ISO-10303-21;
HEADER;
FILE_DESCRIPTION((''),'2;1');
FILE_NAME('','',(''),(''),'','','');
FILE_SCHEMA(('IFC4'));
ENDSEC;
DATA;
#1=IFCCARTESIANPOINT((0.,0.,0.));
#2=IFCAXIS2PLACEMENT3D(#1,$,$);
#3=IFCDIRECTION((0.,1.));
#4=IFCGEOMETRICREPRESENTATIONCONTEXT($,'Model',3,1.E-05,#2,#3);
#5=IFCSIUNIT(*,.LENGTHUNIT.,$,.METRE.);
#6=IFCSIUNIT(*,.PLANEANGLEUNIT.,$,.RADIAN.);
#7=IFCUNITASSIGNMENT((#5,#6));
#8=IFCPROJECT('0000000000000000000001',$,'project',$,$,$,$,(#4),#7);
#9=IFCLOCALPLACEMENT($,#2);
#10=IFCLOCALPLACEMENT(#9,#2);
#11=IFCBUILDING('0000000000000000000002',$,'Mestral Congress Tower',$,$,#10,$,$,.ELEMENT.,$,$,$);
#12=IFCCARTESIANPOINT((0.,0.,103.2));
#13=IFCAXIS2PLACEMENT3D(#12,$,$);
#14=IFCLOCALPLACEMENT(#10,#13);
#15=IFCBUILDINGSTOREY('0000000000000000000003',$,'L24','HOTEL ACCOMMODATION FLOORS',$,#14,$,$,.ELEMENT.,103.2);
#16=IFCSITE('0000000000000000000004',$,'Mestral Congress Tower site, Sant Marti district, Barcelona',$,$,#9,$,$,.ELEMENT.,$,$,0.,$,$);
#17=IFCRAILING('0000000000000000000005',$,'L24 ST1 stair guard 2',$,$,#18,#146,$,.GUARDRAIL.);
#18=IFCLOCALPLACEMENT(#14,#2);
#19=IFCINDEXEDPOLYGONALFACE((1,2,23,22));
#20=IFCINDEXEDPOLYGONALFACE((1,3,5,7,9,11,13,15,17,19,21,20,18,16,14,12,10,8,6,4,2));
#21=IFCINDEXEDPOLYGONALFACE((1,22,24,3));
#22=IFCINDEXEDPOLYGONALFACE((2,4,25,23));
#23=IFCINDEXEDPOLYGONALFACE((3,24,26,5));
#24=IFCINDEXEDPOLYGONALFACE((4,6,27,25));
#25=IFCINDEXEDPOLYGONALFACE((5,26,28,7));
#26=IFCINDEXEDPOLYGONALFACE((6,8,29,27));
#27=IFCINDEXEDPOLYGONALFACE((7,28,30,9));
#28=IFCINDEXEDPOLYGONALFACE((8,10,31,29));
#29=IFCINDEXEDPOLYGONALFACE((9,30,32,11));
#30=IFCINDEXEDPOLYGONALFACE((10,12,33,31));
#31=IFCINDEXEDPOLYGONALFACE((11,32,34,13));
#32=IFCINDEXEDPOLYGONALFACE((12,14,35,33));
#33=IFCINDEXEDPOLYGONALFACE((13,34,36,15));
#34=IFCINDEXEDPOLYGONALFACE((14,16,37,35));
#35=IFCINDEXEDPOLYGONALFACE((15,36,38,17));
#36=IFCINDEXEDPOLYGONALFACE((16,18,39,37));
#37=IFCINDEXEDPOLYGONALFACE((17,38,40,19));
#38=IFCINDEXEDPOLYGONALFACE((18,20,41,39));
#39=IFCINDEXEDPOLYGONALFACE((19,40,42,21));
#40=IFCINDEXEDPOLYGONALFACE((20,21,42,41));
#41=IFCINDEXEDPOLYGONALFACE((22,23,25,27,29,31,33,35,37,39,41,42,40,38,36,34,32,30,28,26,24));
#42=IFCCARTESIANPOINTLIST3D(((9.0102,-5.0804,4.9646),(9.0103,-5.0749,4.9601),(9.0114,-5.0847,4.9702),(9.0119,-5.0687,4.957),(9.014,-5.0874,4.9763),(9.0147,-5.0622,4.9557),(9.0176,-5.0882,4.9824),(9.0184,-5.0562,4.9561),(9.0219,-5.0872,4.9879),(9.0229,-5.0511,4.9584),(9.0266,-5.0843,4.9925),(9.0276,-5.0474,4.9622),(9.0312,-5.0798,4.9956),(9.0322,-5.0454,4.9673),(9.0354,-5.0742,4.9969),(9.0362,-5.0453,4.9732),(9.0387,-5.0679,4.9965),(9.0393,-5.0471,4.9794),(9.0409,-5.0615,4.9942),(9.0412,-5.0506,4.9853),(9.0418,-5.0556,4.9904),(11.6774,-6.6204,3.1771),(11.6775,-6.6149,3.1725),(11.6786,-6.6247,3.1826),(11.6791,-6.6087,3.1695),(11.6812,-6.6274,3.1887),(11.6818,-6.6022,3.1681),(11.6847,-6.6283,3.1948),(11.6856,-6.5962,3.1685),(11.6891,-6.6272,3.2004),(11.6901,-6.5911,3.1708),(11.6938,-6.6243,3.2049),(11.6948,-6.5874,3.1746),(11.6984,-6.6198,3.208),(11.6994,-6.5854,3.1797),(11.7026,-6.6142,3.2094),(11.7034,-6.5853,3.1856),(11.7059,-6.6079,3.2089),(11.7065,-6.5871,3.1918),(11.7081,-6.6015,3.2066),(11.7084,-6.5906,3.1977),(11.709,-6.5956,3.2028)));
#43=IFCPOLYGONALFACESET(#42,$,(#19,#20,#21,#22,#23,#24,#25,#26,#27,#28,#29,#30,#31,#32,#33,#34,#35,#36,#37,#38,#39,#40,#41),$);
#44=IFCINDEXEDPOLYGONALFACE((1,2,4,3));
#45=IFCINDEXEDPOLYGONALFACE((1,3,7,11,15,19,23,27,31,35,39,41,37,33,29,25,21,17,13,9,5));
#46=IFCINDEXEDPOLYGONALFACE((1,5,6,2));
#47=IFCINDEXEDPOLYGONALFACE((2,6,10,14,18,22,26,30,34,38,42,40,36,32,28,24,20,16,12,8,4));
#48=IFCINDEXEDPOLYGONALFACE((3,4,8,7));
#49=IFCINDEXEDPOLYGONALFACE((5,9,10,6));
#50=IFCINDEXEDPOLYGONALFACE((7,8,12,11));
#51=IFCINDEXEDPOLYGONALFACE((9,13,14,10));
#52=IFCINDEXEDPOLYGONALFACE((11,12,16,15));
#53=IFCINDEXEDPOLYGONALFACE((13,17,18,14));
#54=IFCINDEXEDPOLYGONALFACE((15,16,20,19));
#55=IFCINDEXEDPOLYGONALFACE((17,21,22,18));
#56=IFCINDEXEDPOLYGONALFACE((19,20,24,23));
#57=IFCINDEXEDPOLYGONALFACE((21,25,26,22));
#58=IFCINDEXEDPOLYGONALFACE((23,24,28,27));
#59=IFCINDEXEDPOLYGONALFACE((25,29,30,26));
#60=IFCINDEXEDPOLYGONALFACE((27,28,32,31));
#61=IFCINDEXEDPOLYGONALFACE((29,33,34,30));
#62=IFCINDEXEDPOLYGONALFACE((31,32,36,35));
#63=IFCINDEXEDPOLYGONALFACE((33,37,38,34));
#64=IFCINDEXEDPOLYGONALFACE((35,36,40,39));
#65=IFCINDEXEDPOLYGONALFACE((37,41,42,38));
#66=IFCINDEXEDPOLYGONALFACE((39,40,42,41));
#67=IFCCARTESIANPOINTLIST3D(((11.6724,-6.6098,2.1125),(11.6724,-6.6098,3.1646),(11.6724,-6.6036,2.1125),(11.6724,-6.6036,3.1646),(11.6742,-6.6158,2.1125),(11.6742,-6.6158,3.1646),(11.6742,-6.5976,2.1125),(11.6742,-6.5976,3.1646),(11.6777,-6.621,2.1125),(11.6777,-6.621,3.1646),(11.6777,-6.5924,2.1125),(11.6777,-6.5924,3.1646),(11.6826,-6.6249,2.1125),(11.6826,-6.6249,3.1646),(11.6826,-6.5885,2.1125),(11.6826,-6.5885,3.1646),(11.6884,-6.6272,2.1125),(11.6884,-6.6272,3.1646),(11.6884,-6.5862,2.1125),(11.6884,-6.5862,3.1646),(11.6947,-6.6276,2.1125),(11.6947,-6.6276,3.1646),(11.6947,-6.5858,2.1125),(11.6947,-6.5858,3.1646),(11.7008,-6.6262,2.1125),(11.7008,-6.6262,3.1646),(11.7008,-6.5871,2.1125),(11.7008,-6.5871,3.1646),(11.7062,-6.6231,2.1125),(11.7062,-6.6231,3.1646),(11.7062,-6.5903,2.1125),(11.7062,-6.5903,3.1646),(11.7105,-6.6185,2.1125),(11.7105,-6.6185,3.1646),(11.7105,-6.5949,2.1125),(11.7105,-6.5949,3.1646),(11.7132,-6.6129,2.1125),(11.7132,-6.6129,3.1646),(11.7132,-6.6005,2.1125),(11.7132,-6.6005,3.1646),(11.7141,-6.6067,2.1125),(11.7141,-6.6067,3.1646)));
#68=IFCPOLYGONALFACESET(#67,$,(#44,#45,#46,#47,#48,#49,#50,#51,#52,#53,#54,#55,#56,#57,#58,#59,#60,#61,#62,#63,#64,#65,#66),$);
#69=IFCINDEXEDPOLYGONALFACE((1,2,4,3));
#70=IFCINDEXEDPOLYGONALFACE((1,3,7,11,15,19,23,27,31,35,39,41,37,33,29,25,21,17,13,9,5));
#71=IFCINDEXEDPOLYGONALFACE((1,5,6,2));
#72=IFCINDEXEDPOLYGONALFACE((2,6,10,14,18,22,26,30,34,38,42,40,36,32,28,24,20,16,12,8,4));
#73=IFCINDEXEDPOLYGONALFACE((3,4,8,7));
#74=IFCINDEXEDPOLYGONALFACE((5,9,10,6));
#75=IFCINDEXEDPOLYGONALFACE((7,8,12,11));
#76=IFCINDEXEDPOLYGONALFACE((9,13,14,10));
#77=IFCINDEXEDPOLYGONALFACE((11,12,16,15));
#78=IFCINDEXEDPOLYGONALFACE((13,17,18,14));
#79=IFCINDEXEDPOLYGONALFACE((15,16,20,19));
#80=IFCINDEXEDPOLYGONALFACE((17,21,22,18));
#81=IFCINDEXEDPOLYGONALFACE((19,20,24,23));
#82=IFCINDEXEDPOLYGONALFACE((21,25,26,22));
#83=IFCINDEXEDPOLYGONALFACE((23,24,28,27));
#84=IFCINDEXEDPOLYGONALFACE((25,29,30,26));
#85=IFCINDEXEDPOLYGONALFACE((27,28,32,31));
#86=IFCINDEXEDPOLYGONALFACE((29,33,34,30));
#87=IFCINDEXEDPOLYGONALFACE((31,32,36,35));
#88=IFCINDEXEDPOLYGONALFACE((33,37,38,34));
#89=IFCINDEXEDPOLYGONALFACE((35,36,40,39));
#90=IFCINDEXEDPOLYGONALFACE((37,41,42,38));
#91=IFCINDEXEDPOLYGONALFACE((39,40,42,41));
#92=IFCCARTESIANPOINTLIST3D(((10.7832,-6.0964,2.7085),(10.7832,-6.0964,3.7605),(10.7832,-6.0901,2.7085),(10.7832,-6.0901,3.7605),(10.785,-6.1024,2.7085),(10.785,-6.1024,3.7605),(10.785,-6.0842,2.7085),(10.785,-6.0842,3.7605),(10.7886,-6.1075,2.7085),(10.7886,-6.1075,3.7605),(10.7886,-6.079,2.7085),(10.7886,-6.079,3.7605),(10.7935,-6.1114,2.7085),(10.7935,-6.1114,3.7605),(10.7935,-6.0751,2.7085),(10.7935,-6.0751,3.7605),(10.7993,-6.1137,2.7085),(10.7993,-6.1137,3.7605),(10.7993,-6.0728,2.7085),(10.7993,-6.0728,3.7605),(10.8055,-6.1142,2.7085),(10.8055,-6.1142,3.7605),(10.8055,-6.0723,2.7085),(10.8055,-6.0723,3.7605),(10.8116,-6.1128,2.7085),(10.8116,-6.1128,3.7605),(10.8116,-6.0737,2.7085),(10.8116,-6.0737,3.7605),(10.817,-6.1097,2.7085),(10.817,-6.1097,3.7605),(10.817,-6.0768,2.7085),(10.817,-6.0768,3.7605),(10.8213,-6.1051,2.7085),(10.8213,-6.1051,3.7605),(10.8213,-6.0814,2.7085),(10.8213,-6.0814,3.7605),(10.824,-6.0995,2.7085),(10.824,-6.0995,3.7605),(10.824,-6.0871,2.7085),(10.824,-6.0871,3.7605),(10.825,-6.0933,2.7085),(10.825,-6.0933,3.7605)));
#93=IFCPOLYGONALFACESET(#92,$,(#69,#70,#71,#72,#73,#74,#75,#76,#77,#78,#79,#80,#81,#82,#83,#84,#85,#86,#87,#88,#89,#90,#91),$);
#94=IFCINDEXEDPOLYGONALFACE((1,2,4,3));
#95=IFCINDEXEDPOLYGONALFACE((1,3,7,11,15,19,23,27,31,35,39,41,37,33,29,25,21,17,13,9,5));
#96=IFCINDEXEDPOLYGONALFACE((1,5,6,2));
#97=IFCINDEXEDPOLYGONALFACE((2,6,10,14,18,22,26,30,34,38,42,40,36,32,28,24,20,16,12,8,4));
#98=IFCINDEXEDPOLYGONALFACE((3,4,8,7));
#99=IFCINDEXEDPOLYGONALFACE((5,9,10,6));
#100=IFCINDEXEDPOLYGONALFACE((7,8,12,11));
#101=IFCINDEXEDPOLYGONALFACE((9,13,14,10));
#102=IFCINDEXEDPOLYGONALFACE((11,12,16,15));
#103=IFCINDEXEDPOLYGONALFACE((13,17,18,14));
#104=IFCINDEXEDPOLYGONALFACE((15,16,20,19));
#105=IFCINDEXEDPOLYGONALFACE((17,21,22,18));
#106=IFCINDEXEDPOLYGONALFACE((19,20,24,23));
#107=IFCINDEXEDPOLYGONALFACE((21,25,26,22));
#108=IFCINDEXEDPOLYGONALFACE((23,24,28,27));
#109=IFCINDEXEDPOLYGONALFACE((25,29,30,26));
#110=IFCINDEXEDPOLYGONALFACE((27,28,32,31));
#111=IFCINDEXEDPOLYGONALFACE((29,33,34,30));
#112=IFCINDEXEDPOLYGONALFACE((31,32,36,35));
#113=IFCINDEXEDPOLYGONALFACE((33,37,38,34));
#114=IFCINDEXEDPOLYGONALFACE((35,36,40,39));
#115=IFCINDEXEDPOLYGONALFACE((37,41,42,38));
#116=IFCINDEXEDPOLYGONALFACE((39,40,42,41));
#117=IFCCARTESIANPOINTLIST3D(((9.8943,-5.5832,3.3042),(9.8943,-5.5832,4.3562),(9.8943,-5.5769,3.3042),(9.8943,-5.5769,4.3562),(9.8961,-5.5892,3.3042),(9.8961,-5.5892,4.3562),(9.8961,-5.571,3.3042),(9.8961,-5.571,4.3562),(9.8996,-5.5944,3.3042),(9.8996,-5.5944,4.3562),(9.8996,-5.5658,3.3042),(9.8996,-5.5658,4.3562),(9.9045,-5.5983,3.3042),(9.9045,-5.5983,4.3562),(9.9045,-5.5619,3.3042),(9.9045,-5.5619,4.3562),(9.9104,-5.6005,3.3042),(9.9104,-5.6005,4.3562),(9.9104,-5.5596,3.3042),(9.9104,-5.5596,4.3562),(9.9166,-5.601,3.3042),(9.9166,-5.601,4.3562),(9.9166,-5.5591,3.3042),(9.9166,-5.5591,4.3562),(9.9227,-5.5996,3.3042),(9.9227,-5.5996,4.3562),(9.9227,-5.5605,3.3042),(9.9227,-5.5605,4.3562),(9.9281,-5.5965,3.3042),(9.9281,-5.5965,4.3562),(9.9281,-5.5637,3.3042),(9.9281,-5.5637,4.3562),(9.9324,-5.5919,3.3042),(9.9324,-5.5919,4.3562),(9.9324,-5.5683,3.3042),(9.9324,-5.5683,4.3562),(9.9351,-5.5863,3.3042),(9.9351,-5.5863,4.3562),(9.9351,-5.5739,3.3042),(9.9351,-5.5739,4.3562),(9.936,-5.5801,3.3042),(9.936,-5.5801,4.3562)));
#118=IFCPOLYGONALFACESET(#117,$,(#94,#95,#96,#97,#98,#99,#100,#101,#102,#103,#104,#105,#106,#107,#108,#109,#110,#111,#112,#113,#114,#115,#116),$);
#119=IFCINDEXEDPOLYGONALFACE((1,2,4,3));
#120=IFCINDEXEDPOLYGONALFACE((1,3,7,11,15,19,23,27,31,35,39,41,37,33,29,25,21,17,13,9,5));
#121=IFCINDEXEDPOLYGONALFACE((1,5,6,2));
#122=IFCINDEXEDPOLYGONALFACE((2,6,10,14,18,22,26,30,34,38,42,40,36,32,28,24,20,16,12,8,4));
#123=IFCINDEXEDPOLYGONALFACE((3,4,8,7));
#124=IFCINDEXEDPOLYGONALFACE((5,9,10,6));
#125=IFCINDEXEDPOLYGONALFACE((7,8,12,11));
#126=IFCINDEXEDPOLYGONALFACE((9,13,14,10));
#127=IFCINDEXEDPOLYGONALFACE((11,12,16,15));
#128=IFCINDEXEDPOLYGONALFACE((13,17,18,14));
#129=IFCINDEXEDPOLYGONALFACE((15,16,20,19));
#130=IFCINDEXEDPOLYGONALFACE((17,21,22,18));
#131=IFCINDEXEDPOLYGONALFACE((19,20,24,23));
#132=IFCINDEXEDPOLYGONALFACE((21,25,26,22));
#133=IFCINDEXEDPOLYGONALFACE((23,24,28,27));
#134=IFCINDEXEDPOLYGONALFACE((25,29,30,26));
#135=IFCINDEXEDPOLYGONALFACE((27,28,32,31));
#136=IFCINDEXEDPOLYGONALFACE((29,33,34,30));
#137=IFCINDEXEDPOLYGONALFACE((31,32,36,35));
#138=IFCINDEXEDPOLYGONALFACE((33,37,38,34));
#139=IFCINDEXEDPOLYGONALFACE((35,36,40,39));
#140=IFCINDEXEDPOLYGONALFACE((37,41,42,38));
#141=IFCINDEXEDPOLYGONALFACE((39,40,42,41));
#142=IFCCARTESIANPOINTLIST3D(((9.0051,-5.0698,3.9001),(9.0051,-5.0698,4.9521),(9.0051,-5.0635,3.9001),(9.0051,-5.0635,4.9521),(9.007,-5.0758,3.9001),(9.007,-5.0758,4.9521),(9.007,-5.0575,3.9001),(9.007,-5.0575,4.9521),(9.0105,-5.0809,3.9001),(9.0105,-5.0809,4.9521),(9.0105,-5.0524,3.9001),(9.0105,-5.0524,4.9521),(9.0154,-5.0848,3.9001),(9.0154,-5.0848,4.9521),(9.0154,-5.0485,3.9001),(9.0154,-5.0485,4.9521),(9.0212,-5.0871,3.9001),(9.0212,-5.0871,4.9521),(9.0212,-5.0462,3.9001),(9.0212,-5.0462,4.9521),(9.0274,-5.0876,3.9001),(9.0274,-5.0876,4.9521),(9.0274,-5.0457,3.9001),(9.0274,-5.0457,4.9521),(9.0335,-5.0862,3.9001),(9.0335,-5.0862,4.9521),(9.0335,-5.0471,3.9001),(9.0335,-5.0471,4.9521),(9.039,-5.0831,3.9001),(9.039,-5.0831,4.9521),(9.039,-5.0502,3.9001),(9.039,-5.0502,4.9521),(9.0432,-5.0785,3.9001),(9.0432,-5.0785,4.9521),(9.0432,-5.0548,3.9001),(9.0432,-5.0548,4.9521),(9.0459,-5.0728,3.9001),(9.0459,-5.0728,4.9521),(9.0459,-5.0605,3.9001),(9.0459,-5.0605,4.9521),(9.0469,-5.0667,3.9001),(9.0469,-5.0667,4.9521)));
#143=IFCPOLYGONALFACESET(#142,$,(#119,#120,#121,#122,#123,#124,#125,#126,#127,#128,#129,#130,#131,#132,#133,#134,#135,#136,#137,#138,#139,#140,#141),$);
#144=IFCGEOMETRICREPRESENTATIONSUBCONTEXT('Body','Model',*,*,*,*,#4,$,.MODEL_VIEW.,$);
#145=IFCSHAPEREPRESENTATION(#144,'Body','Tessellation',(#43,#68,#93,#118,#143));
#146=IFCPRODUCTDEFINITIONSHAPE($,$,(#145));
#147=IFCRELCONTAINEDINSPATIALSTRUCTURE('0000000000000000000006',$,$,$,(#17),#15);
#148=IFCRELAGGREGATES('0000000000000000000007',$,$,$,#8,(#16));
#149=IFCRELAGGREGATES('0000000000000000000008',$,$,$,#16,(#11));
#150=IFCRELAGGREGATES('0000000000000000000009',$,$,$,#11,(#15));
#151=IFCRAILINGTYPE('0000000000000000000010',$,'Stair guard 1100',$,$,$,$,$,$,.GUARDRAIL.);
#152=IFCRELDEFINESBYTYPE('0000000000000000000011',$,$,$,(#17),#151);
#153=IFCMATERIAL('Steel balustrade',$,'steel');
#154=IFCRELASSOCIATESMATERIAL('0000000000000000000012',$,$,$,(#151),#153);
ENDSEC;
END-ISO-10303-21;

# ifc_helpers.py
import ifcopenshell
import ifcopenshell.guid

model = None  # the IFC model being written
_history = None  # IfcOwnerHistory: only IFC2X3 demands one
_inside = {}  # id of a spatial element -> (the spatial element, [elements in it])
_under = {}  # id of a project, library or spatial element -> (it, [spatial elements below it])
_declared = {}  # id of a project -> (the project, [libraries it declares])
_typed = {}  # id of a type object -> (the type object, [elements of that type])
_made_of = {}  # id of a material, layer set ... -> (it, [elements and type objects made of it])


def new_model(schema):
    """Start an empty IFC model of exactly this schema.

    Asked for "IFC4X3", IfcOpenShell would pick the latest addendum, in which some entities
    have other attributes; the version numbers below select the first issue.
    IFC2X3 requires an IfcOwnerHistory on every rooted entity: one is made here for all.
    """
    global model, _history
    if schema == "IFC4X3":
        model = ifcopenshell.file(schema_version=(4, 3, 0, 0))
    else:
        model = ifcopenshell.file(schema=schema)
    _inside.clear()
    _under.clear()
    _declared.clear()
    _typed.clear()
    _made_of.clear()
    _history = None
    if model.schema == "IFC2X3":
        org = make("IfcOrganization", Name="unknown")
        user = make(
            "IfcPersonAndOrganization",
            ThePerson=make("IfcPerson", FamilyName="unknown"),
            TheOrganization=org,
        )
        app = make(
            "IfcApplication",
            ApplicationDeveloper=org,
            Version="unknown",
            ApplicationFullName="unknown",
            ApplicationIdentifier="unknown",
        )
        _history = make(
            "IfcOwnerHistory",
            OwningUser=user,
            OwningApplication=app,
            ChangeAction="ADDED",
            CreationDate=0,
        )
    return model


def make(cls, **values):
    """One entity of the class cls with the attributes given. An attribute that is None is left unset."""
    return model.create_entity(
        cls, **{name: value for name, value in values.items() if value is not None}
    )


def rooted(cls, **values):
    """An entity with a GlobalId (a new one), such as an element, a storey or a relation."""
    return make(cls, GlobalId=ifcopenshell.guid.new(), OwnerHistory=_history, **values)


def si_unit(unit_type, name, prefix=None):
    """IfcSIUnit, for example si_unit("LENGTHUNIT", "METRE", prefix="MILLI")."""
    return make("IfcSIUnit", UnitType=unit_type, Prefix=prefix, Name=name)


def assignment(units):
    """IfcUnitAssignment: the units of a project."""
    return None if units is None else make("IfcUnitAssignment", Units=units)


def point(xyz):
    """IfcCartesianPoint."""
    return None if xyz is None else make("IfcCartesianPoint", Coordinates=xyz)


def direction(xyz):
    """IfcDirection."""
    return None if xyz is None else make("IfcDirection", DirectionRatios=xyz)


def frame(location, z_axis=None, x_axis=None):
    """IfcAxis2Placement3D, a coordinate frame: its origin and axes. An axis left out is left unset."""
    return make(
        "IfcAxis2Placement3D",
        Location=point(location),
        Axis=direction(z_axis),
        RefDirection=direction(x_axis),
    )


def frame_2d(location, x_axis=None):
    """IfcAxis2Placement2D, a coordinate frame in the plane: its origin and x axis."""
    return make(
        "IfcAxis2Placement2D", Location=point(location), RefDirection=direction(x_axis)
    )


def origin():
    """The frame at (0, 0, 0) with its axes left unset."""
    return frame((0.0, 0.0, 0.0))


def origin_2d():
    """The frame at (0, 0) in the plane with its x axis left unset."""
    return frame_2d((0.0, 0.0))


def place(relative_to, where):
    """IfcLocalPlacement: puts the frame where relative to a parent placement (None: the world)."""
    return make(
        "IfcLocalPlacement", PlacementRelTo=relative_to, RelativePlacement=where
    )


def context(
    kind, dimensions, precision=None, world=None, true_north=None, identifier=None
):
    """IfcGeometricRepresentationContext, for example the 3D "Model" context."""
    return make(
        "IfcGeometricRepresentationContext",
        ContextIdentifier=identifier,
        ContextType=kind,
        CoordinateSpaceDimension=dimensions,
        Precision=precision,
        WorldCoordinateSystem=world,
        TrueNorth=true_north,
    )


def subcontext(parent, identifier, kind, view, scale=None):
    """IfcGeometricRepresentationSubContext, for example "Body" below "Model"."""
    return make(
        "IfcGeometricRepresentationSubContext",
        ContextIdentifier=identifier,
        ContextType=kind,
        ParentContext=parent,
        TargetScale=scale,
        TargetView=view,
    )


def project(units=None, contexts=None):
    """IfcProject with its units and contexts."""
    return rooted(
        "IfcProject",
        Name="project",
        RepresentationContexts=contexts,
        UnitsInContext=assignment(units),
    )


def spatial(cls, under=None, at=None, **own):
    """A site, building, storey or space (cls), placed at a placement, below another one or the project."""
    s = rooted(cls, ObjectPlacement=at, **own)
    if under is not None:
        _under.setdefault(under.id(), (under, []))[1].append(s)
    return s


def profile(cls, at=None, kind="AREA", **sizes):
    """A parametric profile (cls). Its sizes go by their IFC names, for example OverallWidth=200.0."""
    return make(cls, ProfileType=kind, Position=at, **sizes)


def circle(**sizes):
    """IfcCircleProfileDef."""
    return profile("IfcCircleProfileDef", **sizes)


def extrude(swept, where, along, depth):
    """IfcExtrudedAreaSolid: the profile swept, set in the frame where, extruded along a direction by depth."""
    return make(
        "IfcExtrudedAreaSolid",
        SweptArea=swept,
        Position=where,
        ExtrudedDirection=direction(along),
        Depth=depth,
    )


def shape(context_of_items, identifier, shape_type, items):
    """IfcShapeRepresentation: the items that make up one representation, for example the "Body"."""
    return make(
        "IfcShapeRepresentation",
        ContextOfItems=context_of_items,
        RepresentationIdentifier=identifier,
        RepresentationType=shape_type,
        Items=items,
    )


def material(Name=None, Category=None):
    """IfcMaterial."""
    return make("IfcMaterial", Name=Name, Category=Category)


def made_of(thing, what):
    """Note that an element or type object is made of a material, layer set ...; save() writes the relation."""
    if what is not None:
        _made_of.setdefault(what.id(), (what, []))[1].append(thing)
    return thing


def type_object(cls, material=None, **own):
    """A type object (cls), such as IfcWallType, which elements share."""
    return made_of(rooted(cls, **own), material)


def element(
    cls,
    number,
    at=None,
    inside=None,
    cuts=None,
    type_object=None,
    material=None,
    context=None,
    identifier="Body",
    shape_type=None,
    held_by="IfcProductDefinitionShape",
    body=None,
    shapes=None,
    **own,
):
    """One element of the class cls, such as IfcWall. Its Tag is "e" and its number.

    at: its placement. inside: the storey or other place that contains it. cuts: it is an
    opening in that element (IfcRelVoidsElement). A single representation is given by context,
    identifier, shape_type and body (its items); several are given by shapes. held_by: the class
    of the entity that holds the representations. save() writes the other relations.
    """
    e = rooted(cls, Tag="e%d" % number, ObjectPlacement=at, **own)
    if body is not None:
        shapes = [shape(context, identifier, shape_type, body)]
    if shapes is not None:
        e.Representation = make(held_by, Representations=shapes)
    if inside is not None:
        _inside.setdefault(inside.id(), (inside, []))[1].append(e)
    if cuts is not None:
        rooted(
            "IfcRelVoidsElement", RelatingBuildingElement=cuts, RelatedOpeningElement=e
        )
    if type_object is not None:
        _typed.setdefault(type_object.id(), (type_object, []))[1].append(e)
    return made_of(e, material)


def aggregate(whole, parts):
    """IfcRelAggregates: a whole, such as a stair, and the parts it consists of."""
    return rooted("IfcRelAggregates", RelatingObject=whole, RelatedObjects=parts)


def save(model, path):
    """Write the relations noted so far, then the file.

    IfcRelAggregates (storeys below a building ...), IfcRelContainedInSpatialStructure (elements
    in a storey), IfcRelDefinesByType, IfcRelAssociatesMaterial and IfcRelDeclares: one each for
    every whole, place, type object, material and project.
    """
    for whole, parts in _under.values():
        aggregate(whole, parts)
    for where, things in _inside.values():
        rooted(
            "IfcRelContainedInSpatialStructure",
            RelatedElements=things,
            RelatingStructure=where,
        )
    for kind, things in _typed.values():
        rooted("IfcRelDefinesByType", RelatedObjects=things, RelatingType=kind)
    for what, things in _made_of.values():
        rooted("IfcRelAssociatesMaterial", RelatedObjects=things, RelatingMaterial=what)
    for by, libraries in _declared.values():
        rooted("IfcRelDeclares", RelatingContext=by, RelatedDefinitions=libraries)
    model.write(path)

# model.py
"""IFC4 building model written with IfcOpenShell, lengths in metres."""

from ifc_helpers import new_model, si_unit, direction, frame, origin, origin_2d, place, context, subcontext, project, spatial, circle, extrude, material, type_object, element, save


model = new_model("IFC4")

# Units and contexts
model_context = context("Model", 3, precision=1e-05, world=origin(), true_north=direction((0.0, 1.0)))
body_context = subcontext(model_context, "Body", "Model", "MODEL_VIEW")
ifc_project = project(units=[si_unit("LENGTHUNIT", "METRE"), si_unit("PLANEANGLEUNIT", "RADIAN")], contexts=[model_context])

# Site, building, storey
site_placement = place(None, origin())
site = spatial("IfcSite", under=ifc_project, at=site_placement, Name="Mestral Congress Tower site, Sant Marti district, Barcelona", CompositionType="ELEMENT", RefElevation=0.0)
building_placement = place(site_placement, origin())
building = spatial("IfcBuilding", under=site, at=building_placement, Name="Mestral Congress Tower", CompositionType="ELEMENT")
storey_placement = place(building_placement, frame((0.0, 0.0, 103.2)))
storey = spatial("IfcBuildingStorey", under=building, at=storey_placement, Name="L24", Description="HOTEL ACCOMMODATION FLOORS", CompositionType="ELEMENT", Elevation=103.2)

# Railing
ifc_material_1 = material(Name="Steel balustrade", Category="steel")
railing_type_1 = type_object("IfcRailingType", Name="Stair guard 1100", PredefinedType="GUARDRAIL", material=ifc_material_1)
railing_1_placement = place(storey_placement, frame((11.6931, -6.6067, 2.1125)))
element("IfcRailing", 1, at=railing_1_placement, inside=storey, type_object=railing_type_1, Name="L24 ST1 stair guard 2", PredefinedType="GUARDRAIL", context=body_context, shape_type="SweptSolid", body=[
    extrude(circle(Radius=0.0239, at=origin_2d()), frame((0.0, 0.0, 1.0762), z_axis=(-0.748994, 0.432463, 0.50198), x_axis=(-0.500027, -0.86601, 0.0)), (0.0, 0.0, 1.0), 3.561),
    extrude(circle(Radius=0.021, at=origin_2d()), origin(), (0.0, 0.0, 1.0), 1.052),
    extrude(circle(Radius=0.021, at=origin_2d()), frame((-0.8892, 0.5134, 0.5959)), (0.0, 0.0, 1.0), 1.052),
    extrude(circle(Radius=0.021, at=origin_2d()), frame((-1.7781, 1.0266, 1.1917)), (0.0, 0.0, 1.0), 1.052),
    extrude(circle(Radius=0.021, at=origin_2d()), frame((-2.6672, 1.54, 1.7876)), (0.0, 0.0, 1.0), 1.052),
])

save(model, "model.ifc")
